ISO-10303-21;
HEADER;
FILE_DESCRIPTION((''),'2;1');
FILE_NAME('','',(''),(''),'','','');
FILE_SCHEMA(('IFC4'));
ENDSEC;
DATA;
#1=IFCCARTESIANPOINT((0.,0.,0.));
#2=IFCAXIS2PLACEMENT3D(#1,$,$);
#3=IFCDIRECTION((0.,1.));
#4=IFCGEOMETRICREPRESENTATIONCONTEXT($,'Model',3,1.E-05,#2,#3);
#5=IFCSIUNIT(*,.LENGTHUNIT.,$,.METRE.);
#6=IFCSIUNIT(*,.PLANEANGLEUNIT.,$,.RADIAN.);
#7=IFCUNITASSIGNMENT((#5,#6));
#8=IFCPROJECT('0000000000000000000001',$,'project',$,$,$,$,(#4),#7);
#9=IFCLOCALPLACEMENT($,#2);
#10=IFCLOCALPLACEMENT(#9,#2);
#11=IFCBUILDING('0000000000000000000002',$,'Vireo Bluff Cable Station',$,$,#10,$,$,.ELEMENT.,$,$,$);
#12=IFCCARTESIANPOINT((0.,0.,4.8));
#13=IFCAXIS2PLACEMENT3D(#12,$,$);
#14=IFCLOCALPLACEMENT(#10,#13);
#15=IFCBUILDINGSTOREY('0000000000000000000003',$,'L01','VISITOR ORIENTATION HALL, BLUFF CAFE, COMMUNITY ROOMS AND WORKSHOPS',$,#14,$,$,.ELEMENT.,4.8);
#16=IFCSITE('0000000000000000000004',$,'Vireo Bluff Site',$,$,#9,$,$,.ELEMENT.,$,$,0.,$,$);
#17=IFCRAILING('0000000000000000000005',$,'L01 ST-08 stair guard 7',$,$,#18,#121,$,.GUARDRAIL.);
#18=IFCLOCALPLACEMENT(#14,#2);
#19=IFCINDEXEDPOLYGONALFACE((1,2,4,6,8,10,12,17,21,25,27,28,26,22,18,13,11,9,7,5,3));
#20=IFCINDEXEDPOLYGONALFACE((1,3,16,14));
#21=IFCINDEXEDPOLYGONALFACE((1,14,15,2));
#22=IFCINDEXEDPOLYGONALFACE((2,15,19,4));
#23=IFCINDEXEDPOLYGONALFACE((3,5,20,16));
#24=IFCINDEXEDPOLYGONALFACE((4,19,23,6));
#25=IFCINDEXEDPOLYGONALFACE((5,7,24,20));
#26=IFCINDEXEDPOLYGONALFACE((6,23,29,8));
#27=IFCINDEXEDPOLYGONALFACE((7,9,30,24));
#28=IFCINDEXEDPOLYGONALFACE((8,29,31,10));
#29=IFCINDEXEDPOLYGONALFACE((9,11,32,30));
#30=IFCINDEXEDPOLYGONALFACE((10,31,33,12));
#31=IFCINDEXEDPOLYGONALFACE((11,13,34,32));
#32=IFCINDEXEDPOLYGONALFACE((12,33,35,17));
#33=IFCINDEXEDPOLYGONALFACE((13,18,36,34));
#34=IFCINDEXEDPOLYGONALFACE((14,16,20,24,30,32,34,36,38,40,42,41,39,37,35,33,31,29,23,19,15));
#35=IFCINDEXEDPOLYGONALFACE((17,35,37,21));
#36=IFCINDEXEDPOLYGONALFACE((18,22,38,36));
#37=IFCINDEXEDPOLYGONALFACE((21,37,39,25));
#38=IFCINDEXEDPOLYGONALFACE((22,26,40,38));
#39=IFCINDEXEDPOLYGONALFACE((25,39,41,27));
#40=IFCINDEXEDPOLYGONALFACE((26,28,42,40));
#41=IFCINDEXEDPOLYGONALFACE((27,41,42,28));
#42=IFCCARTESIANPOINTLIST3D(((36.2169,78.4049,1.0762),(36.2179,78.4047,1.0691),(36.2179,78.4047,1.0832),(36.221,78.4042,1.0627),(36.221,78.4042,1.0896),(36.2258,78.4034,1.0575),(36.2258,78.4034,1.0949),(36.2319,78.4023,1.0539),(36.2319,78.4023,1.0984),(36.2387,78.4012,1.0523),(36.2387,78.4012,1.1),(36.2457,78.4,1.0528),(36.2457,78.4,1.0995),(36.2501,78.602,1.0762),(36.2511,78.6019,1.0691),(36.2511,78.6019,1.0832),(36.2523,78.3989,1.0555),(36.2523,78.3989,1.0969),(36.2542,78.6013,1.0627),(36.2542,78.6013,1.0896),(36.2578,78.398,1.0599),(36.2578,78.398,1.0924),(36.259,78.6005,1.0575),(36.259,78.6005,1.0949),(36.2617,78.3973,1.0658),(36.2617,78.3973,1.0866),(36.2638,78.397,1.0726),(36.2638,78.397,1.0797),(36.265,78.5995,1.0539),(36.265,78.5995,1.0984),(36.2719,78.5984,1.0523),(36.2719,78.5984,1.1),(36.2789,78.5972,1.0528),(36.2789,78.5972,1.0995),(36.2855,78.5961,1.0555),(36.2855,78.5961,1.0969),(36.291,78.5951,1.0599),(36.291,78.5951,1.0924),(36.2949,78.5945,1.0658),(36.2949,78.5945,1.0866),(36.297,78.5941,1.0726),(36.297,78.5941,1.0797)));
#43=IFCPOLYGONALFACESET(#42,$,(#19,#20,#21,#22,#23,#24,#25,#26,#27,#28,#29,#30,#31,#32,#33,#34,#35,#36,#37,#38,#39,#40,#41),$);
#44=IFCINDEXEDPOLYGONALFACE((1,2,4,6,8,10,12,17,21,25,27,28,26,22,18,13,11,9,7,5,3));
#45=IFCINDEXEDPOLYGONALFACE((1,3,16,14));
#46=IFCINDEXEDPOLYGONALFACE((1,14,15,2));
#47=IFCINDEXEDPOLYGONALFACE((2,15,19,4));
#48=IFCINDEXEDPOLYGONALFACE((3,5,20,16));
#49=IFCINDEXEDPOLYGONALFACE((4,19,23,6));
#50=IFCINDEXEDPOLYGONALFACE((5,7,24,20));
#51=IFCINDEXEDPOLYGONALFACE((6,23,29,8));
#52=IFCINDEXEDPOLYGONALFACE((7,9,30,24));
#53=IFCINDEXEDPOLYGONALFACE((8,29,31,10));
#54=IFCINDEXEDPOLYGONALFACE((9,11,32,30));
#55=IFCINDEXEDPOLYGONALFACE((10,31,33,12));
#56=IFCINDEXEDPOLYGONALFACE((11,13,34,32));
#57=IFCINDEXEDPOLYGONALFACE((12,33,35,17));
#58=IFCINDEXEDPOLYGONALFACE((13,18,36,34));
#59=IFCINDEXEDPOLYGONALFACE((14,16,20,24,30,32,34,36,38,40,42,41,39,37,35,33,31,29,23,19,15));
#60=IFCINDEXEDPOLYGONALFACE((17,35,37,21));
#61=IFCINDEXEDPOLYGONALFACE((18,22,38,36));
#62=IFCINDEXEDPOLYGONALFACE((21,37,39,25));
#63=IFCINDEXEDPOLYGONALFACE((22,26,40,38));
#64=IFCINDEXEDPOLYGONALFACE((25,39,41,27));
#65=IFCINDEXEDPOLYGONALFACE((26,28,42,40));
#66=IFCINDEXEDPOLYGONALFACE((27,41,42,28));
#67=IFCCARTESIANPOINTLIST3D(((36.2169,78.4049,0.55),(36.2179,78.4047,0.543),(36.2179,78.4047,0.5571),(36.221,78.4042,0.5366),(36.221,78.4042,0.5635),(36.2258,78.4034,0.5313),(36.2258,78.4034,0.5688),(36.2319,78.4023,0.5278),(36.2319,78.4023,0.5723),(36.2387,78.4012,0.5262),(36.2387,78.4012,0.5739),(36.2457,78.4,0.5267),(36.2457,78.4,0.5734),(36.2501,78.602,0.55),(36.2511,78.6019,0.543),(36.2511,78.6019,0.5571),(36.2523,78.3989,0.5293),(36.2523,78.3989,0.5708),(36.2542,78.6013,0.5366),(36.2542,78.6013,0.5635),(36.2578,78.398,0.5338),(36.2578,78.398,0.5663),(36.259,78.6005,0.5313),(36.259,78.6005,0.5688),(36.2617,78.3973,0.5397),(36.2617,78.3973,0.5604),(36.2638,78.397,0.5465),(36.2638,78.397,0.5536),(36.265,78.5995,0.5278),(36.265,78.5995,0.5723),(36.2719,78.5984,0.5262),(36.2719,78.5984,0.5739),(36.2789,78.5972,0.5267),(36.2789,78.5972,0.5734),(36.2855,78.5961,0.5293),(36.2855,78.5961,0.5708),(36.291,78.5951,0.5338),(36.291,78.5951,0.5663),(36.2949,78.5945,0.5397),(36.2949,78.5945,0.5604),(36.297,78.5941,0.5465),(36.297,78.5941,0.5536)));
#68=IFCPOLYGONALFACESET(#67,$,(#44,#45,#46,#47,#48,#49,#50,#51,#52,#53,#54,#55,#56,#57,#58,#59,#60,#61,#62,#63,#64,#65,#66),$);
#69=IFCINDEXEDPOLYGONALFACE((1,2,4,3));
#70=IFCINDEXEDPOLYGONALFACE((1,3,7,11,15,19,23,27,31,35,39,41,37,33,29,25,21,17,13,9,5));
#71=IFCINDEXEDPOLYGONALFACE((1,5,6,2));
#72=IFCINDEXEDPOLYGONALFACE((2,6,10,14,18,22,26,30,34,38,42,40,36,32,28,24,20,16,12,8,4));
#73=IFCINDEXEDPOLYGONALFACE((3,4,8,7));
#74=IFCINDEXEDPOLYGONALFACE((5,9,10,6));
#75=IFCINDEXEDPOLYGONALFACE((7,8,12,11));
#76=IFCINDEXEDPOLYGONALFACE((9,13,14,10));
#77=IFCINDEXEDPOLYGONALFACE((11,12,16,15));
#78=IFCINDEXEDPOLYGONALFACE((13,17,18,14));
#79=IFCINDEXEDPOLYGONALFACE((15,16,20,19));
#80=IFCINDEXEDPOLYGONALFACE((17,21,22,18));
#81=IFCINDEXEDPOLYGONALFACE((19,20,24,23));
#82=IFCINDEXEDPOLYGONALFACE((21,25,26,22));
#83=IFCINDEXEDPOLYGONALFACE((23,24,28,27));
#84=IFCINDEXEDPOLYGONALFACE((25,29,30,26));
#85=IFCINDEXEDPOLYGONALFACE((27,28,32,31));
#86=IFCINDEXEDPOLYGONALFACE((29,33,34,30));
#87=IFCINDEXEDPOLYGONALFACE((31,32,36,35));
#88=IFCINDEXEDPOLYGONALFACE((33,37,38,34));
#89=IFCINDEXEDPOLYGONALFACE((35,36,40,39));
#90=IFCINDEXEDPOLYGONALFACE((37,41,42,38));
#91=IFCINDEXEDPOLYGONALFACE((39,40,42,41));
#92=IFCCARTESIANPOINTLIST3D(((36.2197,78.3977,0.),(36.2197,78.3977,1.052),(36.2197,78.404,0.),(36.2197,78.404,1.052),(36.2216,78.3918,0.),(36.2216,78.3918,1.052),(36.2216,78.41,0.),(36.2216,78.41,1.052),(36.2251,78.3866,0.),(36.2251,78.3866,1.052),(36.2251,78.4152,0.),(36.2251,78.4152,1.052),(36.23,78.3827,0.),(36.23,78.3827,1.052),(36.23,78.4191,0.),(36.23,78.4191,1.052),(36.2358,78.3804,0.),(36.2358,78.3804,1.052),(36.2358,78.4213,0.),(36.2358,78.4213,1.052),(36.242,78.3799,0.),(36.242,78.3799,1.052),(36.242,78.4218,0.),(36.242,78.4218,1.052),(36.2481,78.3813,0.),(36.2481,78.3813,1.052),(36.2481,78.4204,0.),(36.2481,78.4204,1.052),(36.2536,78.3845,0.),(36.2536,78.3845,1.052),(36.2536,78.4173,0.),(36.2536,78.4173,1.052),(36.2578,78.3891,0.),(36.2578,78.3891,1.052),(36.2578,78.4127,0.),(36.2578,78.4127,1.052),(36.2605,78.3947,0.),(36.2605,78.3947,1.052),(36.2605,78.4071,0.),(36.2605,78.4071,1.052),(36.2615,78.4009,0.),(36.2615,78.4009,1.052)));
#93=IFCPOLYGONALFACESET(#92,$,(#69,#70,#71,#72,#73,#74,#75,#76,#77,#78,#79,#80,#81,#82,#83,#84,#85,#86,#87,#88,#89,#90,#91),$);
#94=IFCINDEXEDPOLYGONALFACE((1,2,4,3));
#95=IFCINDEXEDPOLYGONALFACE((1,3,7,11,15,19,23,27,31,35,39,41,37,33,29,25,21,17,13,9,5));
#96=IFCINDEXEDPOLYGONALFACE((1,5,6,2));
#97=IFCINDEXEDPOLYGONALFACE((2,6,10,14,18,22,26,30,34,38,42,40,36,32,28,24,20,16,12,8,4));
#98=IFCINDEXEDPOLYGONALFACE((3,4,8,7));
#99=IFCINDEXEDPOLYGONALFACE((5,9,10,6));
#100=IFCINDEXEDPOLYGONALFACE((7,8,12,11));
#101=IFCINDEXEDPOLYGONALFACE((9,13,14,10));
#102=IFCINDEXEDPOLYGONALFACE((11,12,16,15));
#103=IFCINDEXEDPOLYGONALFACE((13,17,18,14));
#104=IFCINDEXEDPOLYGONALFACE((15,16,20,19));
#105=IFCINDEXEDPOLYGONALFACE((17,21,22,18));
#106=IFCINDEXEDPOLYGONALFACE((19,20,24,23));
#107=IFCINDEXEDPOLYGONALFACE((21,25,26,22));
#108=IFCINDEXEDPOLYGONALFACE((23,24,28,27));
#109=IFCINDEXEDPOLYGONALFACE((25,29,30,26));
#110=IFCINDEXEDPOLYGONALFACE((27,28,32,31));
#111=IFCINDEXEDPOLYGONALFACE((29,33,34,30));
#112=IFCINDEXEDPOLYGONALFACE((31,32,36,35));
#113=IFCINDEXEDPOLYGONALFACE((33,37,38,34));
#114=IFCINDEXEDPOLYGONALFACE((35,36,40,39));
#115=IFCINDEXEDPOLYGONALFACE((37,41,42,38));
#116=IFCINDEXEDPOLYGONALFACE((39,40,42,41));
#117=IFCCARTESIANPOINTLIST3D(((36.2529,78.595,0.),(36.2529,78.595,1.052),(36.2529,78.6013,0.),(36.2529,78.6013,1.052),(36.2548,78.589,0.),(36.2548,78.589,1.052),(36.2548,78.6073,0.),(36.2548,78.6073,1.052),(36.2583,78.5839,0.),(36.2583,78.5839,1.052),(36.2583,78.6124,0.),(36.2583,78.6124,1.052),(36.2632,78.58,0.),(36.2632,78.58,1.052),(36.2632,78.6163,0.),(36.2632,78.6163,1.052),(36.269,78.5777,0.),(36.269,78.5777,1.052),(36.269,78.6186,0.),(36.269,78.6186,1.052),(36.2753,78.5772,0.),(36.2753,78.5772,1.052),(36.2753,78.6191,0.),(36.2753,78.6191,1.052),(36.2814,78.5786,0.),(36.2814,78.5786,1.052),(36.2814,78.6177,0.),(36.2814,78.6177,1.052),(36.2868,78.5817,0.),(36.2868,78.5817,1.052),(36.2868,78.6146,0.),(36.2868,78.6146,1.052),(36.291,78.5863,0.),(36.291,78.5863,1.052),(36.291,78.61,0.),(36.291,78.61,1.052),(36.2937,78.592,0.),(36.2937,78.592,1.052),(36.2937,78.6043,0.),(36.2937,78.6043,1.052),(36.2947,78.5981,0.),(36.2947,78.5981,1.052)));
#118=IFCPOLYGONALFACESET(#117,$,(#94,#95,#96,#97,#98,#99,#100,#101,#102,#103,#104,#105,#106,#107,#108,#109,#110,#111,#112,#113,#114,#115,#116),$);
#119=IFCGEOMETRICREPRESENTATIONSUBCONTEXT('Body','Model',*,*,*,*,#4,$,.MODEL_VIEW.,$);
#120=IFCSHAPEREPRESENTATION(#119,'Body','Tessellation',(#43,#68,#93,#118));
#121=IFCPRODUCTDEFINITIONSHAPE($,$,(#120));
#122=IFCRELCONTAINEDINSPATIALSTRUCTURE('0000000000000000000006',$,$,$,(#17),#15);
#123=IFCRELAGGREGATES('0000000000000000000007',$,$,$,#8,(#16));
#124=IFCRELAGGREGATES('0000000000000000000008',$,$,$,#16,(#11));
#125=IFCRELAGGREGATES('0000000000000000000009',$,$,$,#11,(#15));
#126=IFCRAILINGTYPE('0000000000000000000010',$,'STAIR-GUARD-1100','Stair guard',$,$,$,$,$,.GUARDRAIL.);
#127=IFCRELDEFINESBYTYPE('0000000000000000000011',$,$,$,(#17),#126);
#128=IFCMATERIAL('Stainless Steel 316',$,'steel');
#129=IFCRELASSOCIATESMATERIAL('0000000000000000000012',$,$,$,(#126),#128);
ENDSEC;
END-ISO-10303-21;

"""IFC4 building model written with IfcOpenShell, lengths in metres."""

from ifc_helpers import new_model, si_unit, direction, frame, origin, origin_2d, place, context, subcontext, project, spatial, circle, extrude, material, type_object, element, save


model = new_model("IFC4")

# Units and contexts
model_context = context("Model", 3, precision=1e-05, world=origin(), true_north=direction((0.0, 1.0)))
body_context = subcontext(model_context, "Body", "Model", "MODEL_VIEW")
ifc_project = project(units=[si_unit("LENGTHUNIT", "METRE"), si_unit("PLANEANGLEUNIT", "RADIAN")], contexts=[model_context])

# Site, building, storey
site_placement = place(None, origin())
site = spatial("IfcSite", under=ifc_project, at=site_placement, Name="Vireo Bluff Site", CompositionType="ELEMENT", RefElevation=0.0)
building_placement = place(site_placement, origin())
building = spatial("IfcBuilding", under=site, at=building_placement, Name="Vireo Bluff Cable Station", CompositionType="ELEMENT")
storey_placement = place(building_placement, frame((0.0, 0.0, 4.8)))
storey = spatial("IfcBuildingStorey", under=building, at=storey_placement, Name="L01", Description="VISITOR ORIENTATION HALL, BLUFF CAFE, COMMUNITY ROOMS AND WORKSHOPS", CompositionType="ELEMENT", Elevation=4.8)

# Railing
ifc_material_1 = material(Name="Stainless Steel 316", Category="steel")
railing_type_1 = type_object("IfcRailingType", Name="STAIR-GUARD-1100", Description="Stair guard", PredefinedType="GUARDRAIL", material=ifc_material_1)
railing_1_placement = place(storey_placement, frame((36.2405, 78.4009, 0.0)))
element("IfcRailing", 1, at=railing_1_placement, inside=storey, type_object=railing_type_1, Name="L01 ST-08 stair guard 7", PredefinedType="GUARDRAIL", context=body_context, shape_type="SweptSolid", body=[
    extrude(circle(Radius=0.0239, at=origin_2d()), frame((0.0, 0.0, 1.0762), z_axis=(0.165982, 0.986129, 0.0), x_axis=(-0.986129, 0.165982, 0.0)), (0.0, 0.0, 1.0), 0.2),
    extrude(circle(Radius=0.0239, at=origin_2d()), frame((0.0, 0.0, 0.55), z_axis=(0.165982, 0.986129, 0.0), x_axis=(-0.986129, 0.165982, 0.0)), (0.0, 0.0, 1.0), 0.2),
    extrude(circle(Radius=0.021, at=origin_2d()), origin(), (0.0, 0.0, 1.0), 1.052),
    extrude(circle(Radius=0.021, at=origin_2d()), frame((0.0332, 0.1973, 0.0)), (0.0, 0.0, 1.0), 1.052),
])

save(model, "model.ifc")
